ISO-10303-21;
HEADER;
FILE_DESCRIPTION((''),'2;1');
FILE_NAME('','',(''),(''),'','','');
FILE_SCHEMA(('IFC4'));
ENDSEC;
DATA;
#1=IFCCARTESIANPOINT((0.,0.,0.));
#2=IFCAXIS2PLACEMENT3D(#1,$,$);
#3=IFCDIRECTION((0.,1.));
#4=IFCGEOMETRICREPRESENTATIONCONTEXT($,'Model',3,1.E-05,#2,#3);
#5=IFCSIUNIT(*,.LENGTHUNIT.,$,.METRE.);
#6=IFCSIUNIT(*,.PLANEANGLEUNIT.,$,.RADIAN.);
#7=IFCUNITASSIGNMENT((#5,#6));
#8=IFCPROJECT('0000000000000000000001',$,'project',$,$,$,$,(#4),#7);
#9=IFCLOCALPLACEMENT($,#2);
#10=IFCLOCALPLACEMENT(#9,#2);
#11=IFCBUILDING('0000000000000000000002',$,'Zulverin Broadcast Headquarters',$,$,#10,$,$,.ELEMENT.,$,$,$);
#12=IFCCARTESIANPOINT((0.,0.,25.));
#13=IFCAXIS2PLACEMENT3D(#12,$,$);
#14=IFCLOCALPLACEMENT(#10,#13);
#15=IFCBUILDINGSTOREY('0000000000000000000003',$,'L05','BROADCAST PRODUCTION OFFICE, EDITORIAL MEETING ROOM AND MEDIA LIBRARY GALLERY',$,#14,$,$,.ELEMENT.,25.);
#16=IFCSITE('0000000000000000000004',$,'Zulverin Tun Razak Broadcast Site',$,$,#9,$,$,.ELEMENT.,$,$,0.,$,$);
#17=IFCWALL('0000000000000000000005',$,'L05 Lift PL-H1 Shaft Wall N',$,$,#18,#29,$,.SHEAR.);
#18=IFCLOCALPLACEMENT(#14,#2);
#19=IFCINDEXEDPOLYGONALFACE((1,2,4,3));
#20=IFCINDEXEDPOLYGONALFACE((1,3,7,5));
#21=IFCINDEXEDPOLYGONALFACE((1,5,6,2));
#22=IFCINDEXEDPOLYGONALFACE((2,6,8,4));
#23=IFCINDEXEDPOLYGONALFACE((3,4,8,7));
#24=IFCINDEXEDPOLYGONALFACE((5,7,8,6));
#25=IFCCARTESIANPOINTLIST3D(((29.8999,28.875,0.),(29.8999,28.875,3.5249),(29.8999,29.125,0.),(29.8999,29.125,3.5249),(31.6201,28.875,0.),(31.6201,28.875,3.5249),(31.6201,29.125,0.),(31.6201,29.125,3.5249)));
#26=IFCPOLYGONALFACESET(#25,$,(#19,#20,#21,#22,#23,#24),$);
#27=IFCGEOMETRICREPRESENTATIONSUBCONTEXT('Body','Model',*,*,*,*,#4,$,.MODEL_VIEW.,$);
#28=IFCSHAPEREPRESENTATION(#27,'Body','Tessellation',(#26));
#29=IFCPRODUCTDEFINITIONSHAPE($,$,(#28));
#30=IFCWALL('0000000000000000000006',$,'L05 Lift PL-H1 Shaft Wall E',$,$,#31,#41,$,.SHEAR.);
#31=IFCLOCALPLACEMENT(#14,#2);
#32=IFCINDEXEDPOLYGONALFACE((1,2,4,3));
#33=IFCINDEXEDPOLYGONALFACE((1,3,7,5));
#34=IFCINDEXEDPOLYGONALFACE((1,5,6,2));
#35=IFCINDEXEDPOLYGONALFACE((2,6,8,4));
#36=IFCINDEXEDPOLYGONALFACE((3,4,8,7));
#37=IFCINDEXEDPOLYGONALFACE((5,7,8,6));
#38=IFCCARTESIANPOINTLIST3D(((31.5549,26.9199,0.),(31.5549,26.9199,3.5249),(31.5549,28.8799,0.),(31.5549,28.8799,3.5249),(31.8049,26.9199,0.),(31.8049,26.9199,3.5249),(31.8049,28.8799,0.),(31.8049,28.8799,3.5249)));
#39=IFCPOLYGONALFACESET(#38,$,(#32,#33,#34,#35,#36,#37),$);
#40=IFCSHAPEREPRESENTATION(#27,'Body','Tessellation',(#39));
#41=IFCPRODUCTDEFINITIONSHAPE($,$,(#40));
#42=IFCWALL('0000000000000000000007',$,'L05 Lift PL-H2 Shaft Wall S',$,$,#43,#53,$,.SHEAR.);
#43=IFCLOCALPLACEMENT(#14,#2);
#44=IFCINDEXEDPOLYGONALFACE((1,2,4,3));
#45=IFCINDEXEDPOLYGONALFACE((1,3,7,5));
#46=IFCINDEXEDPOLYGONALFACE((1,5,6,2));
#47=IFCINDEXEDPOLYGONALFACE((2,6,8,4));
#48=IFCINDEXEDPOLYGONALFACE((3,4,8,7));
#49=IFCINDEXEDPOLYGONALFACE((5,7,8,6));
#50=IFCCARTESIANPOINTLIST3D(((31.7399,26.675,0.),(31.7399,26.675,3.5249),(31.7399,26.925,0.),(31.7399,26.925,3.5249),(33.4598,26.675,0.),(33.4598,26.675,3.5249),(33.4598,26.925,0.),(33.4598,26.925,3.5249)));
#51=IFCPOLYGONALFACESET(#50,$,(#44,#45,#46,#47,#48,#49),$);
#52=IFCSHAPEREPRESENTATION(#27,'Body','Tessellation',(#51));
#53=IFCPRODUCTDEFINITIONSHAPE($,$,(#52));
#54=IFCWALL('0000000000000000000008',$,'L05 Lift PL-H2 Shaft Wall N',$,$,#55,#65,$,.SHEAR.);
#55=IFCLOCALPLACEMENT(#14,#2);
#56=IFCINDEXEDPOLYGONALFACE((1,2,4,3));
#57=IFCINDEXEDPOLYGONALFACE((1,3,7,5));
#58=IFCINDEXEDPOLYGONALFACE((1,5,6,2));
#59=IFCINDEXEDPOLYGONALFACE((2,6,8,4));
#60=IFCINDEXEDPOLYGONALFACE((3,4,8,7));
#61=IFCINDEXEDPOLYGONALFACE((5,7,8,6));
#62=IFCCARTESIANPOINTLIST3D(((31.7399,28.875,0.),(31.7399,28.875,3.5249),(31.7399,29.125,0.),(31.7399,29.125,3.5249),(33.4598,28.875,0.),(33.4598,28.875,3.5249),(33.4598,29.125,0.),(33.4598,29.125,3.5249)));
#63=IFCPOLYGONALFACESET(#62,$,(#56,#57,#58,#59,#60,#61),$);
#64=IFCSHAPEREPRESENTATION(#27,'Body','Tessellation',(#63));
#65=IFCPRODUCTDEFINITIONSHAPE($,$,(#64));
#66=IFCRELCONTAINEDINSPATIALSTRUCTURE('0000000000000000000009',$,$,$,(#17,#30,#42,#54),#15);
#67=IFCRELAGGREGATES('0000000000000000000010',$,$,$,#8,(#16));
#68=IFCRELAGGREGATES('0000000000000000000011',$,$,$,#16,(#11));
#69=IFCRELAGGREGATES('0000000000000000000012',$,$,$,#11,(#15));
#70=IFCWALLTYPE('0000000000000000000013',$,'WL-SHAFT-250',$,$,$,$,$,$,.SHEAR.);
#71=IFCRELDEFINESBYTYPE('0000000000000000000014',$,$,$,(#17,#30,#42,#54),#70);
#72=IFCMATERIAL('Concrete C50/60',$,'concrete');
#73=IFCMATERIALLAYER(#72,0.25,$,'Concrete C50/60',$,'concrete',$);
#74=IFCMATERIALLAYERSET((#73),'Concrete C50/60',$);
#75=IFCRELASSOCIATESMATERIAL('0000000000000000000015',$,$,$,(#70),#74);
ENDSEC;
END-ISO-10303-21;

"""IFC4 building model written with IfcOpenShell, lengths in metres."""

from ifc_helpers import new_model, si_unit, direction, frame, frame_2d, origin, place, context, subcontext, project, spatial, rectangle, extrude, material, layer, layer_set, type_object, element, save


model = new_model("IFC4")

# Units and contexts
model_context = context("Model", 3, precision=1e-05, world=origin(), true_north=direction((0.0, 1.0)))
body_context = subcontext(model_context, "Body", "Model", "MODEL_VIEW")
ifc_project = project(units=[si_unit("LENGTHUNIT", "METRE"), si_unit("PLANEANGLEUNIT", "RADIAN")], contexts=[model_context])

# Site, building, storey
site_placement = place(None, origin())
site = spatial("IfcSite", under=ifc_project, at=site_placement, Name="Zulverin Tun Razak Broadcast Site", CompositionType="ELEMENT", RefElevation=0.0)
building_placement = place(site_placement, origin())
building = spatial("IfcBuilding", under=site, at=building_placement, Name="Zulverin Broadcast Headquarters", CompositionType="ELEMENT")
storey_placement = place(building_placement, frame((0.0, 0.0, 25.0)))
storey = spatial("IfcBuildingStorey", under=building, at=storey_placement, Name="L05", Description="BROADCAST PRODUCTION OFFICE, EDITORIAL MEETING ROOM AND MEDIA LIBRARY GALLERY", CompositionType="ELEMENT", Elevation=25.0)

# Shared definitions
ifc_material_1 = material(Name="Concrete C50/60", Category="concrete")
ifc_layer_1 = layer(ifc_material_1, 0.25, Name="Concrete C50/60", Category="concrete")
ifc_layer_set_1 = layer_set([ifc_layer_1], Name="Concrete C50/60")
wall_type_1 = type_object("IfcWallType", Name="WL-SHAFT-250", PredefinedType="SHEAR", material=ifc_layer_set_1)

# Walls
for number, where, z_axis, x_axis, name in (
    (1, (29.8999, 29.0, 0.0), (0.0, 0.0, 1.0), (1.0, 0.0, 0.0), "L05 Lift PL-H1 Shaft Wall N"),
):
    element("IfcWall", number, at=place(storey_placement, frame(where, z_axis=z_axis, x_axis=x_axis)), inside=storey, type_object=wall_type_1, Name=name, PredefinedType="SHEAR", context=body_context, shape_type="SweptSolid", body=[
        extrude(rectangle(XDim=1.7202, YDim=0.25, at=frame_2d((0.8601, 0.0))), origin(), (0.0, 0.0, 1.0), 3.5249),
    ])
wall_1_placement = place(storey_placement, frame((31.6799, 26.9199, 0.0), z_axis=(0.0, 0.0, 1.0), x_axis=(0.0, 1.0, 0.0)))
element("IfcWall", 2, at=wall_1_placement, inside=storey, type_object=wall_type_1, Name="L05 Lift PL-H1 Shaft Wall E", PredefinedType="SHEAR", context=body_context, shape_type="SweptSolid", body=[
    extrude(rectangle(XDim=1.96, YDim=0.25, at=frame_2d((0.98, 0.0))), origin(), (0.0, 0.0, 1.0), 3.5249),
])
for number, where, z_axis, x_axis, name in (
    (3, (31.74, 26.8, 0.0), (0.0, 0.0, 1.0), (1.0, 0.0, 0.0), "L05 Lift PL-H2 Shaft Wall S"),
    (4, (31.74, 29.0, 0.0), (0.0, 0.0, 1.0), (1.0, 0.0, 0.0), "L05 Lift PL-H2 Shaft Wall N"),
):
    element("IfcWall", number, at=place(storey_placement, frame(where, z_axis=z_axis, x_axis=x_axis)), inside=storey, type_object=wall_type_1, Name=name, PredefinedType="SHEAR", context=body_context, shape_type="SweptSolid", body=[
        extrude(rectangle(XDim=1.72, YDim=0.25, at=frame_2d((0.8599, 0.0))), origin(), (0.0, 0.0, 1.0), 3.5249),
    ])

save(model, "model.ifc")
